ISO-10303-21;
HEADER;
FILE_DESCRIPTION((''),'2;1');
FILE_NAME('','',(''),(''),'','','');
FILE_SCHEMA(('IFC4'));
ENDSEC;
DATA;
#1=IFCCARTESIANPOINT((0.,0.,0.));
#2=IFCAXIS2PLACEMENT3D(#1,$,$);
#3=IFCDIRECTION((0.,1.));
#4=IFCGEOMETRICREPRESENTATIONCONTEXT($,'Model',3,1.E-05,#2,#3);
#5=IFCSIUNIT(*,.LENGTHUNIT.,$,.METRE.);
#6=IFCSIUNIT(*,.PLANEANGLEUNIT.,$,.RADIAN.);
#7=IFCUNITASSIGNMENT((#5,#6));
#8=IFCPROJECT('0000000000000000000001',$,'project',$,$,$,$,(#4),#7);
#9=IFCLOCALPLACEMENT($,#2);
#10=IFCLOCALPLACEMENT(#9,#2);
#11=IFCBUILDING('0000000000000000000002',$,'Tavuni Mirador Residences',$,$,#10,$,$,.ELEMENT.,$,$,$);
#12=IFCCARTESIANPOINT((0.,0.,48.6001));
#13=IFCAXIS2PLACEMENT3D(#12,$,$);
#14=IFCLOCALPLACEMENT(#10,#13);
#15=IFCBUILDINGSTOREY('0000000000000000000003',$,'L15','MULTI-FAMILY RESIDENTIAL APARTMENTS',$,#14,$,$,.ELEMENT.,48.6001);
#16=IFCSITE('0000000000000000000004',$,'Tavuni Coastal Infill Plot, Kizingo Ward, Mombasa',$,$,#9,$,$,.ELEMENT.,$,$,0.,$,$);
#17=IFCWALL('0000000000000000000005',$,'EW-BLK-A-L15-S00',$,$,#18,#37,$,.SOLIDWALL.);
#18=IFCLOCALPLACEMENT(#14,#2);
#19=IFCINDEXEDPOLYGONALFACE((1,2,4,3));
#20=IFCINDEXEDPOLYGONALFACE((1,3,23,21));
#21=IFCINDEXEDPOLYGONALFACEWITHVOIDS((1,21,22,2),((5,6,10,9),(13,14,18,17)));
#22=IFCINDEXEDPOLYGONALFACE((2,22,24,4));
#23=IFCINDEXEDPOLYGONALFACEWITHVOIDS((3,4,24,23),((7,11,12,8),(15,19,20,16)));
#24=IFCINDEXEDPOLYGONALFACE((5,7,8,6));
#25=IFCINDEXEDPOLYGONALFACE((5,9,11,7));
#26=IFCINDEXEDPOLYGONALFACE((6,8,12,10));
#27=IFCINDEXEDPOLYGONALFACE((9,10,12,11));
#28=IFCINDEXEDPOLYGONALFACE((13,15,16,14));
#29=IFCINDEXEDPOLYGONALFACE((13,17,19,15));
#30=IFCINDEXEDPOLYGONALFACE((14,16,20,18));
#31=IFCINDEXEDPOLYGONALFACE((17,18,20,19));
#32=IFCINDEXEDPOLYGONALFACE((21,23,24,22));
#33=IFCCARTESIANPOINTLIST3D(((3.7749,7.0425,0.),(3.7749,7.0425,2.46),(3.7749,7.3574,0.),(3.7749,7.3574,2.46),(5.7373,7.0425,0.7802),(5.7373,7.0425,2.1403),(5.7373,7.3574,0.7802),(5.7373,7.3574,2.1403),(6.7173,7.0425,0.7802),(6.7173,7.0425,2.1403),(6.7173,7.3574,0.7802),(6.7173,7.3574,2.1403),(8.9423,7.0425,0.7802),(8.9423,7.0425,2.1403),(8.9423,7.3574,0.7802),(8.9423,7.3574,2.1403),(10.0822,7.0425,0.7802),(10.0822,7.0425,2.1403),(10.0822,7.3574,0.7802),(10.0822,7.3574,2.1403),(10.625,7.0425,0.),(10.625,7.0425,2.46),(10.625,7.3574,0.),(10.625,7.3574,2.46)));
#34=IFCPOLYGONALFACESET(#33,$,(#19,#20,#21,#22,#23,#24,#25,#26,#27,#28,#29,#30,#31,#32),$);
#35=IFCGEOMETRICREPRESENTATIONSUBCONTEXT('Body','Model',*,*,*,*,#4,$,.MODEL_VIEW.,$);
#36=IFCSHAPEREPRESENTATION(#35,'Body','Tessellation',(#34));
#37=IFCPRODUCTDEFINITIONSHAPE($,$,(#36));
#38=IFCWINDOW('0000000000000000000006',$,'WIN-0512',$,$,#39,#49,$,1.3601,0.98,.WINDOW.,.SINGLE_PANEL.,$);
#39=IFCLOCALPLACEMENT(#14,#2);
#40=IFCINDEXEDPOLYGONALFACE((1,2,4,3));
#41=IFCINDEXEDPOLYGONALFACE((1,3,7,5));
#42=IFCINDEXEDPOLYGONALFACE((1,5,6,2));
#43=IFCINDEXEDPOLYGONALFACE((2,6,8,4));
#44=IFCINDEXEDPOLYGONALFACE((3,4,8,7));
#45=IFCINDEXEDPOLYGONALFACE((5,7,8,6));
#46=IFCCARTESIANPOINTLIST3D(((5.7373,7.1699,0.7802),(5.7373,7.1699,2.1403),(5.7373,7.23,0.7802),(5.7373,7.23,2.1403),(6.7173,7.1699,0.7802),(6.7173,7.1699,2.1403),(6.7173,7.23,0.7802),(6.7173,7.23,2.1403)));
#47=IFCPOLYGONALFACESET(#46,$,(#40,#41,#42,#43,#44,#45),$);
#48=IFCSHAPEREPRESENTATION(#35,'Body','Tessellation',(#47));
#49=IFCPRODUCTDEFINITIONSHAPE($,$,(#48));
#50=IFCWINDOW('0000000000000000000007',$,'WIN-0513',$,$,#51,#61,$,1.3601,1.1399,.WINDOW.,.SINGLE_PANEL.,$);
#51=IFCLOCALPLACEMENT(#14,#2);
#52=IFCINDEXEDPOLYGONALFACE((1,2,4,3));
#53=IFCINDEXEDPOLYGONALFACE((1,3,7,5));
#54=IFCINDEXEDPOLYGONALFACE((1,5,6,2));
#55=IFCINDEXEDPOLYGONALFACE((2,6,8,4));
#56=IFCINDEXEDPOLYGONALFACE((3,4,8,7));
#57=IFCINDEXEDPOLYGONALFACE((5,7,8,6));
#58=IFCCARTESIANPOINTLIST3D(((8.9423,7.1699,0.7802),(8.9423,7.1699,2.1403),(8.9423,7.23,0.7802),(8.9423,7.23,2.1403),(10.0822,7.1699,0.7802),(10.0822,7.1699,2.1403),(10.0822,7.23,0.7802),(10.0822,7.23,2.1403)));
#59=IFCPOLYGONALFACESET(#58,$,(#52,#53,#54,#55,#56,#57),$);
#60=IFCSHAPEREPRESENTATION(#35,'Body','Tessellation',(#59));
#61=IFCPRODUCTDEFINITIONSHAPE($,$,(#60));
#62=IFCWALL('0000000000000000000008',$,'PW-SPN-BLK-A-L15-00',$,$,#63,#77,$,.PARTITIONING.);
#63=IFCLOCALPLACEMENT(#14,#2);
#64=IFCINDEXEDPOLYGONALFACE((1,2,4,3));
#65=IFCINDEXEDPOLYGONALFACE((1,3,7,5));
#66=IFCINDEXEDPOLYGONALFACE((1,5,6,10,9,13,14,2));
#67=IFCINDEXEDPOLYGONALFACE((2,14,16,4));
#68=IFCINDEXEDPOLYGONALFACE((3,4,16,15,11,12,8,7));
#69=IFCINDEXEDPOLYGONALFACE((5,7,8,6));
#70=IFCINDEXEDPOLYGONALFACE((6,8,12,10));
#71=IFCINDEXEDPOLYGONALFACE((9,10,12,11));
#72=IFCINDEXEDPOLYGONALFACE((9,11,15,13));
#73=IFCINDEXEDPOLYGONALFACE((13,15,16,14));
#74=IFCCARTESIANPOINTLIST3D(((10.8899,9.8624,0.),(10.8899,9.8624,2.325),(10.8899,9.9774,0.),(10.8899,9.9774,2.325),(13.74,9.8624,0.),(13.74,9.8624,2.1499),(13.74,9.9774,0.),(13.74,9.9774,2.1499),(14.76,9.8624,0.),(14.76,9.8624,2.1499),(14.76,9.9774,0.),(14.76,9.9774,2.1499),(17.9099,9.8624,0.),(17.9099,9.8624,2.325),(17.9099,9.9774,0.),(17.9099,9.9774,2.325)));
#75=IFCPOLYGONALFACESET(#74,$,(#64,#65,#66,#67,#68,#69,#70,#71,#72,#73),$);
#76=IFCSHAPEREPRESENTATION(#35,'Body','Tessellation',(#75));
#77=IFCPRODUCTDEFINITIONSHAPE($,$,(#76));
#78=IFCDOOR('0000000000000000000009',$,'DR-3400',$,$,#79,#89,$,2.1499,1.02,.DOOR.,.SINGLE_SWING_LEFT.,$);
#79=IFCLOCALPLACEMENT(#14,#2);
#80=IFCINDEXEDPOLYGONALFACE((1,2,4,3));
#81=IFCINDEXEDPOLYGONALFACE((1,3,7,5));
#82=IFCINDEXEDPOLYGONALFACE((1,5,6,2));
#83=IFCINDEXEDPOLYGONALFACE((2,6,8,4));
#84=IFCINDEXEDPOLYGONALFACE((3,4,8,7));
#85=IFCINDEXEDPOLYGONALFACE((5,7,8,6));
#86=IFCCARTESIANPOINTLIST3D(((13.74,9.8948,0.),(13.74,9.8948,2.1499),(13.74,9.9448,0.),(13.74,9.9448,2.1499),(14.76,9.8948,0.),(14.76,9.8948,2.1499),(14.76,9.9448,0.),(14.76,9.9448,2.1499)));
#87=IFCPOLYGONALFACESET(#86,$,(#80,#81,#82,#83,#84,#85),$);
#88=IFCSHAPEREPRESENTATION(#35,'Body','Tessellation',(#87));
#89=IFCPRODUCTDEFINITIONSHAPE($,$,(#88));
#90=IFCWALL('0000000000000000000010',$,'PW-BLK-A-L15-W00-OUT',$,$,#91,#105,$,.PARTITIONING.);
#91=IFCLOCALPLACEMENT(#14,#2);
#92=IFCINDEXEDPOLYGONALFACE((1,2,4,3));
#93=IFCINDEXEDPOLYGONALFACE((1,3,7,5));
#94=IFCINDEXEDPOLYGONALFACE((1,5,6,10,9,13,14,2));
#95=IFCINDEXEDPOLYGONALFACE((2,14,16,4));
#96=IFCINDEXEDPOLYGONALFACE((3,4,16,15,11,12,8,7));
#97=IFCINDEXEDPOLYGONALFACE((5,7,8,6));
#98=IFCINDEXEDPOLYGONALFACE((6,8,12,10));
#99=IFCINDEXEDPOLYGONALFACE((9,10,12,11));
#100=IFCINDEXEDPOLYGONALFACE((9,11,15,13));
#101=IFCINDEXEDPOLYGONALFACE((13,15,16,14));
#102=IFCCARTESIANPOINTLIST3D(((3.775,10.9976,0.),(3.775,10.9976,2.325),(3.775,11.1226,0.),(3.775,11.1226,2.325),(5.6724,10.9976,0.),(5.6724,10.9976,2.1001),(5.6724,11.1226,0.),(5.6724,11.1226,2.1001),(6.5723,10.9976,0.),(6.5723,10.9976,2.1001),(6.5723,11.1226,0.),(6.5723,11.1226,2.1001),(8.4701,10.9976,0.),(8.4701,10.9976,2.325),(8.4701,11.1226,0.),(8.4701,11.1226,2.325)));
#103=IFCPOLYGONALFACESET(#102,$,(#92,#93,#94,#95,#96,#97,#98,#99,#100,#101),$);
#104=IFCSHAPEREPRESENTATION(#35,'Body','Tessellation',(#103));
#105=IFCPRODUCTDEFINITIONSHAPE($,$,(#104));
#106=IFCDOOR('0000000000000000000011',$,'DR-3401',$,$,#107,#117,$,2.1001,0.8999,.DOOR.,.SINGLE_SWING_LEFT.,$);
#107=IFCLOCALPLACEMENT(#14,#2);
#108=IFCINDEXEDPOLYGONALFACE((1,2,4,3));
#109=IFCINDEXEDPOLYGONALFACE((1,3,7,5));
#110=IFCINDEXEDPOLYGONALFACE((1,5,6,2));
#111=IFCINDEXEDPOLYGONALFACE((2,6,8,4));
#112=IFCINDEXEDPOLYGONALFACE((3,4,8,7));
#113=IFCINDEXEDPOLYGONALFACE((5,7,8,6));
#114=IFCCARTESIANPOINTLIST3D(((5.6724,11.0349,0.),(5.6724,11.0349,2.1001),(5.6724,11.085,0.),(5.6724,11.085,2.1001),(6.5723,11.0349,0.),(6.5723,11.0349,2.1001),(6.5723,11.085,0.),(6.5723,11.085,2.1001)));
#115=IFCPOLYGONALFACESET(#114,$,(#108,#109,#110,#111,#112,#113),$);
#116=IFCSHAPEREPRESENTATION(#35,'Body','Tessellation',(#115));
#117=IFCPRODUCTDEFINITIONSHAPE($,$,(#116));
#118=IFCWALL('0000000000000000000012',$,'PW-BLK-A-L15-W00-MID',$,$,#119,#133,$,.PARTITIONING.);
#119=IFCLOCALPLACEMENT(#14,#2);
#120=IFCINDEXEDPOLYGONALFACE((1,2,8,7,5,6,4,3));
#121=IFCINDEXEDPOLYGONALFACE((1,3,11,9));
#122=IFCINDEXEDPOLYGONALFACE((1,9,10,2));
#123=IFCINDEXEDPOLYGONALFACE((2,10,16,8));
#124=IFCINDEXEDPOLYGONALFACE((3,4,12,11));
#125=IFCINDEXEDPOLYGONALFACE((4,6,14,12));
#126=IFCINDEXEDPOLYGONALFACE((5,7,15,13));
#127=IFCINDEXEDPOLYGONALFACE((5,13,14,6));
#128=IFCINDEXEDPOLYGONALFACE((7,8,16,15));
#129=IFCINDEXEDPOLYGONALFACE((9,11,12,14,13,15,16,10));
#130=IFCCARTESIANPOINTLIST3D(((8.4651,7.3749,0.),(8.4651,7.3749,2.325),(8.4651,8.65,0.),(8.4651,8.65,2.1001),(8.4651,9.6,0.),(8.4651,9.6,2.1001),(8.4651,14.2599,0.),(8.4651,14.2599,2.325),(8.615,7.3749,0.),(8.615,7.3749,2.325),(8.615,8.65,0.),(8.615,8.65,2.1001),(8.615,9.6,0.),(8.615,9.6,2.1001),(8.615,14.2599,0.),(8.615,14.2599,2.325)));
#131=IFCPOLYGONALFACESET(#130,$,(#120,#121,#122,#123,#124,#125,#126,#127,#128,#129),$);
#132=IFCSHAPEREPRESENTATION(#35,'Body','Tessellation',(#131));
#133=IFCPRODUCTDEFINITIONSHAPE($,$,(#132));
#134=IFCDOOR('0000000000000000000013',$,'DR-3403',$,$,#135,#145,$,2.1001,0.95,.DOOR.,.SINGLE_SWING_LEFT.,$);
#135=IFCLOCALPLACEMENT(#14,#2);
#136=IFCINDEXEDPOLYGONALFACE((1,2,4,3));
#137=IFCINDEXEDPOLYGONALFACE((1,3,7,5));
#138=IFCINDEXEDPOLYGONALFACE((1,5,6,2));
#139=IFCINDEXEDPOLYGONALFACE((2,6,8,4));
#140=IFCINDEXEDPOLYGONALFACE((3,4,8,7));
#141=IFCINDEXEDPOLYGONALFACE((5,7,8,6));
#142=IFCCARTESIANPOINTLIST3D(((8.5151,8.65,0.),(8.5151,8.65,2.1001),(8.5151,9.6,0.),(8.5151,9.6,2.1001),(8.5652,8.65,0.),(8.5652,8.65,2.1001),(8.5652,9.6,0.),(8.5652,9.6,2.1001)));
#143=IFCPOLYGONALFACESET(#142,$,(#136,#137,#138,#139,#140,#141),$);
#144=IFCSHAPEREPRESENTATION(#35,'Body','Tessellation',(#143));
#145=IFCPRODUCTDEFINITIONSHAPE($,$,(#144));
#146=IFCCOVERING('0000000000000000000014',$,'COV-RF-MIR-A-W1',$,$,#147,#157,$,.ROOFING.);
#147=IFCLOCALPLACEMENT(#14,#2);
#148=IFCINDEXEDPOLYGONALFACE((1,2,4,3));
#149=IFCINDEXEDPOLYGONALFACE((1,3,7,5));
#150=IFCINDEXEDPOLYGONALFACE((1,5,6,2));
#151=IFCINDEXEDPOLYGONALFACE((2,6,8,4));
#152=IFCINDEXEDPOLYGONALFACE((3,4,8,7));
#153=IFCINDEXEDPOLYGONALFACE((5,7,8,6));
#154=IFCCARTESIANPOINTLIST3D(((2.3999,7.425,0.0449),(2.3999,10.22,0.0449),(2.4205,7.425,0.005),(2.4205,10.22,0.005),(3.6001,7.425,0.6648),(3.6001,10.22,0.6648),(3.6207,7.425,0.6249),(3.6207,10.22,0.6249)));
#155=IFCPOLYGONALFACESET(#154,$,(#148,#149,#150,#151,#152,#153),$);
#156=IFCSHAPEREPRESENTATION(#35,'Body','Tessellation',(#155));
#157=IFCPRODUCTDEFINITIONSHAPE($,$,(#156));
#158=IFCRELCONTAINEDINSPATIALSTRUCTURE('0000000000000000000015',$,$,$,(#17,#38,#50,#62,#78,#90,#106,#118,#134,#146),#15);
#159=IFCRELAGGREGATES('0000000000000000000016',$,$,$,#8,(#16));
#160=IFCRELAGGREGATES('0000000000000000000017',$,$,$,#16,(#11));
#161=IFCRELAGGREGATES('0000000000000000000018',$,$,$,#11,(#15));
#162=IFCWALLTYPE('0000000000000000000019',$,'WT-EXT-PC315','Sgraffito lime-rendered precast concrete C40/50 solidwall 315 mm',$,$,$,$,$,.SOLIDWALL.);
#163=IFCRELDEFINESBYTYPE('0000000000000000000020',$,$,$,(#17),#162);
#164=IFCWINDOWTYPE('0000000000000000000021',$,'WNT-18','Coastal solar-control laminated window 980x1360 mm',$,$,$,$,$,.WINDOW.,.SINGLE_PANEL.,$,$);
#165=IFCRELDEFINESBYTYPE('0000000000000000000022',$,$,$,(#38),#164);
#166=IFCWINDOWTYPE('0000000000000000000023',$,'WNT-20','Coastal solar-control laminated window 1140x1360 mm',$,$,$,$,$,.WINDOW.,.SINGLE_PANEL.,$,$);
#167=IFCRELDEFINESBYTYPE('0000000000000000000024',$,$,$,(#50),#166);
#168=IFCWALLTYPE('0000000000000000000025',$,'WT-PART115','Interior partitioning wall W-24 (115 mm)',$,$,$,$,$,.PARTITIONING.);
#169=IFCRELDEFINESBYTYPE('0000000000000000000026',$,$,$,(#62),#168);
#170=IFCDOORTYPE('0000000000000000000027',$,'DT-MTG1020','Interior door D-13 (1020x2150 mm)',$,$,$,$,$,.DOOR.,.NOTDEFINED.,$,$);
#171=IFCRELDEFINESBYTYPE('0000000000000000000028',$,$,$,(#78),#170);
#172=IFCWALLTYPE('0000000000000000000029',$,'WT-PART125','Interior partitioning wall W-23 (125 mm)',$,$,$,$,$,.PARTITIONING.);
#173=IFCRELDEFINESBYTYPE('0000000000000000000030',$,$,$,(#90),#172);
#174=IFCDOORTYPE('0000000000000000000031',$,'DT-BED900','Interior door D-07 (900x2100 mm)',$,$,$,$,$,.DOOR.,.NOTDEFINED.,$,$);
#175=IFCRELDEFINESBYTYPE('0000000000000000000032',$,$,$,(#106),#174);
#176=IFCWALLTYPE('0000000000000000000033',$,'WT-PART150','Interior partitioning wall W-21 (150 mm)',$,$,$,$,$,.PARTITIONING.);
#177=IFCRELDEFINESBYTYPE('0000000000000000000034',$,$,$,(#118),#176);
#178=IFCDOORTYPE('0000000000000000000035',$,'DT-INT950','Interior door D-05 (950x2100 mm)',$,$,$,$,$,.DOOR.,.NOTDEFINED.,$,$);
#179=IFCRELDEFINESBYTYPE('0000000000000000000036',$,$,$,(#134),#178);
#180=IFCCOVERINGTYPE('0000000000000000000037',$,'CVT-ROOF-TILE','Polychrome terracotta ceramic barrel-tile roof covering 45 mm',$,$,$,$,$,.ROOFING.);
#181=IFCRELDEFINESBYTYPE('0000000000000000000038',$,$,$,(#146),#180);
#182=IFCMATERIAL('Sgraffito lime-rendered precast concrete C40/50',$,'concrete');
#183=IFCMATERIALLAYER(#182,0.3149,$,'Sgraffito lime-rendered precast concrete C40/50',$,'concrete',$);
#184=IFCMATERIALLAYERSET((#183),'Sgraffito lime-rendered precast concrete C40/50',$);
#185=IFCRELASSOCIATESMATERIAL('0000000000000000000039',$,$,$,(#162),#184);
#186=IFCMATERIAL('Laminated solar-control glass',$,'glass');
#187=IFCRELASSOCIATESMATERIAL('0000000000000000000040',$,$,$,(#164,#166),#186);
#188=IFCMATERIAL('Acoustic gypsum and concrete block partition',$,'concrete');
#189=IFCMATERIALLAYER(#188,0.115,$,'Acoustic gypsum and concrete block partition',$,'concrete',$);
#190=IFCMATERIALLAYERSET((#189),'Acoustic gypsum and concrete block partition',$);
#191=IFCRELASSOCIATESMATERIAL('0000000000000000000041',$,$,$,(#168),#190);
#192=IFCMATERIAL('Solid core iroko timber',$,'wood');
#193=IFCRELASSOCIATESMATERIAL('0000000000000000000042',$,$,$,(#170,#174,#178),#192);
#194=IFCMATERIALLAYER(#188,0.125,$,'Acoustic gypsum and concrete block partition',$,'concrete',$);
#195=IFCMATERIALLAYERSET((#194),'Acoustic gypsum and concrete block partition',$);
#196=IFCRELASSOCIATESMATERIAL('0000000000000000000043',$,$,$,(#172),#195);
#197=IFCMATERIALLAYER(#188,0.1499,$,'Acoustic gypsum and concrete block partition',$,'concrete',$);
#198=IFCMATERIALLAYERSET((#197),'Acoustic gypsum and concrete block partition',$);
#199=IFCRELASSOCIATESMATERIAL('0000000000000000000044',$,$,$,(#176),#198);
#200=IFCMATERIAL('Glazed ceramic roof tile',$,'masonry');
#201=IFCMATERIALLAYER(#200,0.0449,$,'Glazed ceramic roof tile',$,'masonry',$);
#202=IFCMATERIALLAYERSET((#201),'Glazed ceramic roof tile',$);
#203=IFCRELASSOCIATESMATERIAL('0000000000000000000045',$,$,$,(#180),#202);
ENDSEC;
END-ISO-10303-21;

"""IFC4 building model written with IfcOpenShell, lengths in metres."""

from ifc_helpers import new_model, si_unit, direction, frame, frame_2d, origin, place, context, subcontext, project, spatial, polyline, rectangle, outline, extrude, material, layer, layer_set, type_object, element, fill, save


model = new_model("IFC4")

# Units and contexts
model_context = context("Model", 3, precision=1e-05, world=origin(), true_north=direction((0.0, 1.0)))
body_context = subcontext(model_context, "Body", "Model", "MODEL_VIEW")
ifc_project = project(units=[si_unit("LENGTHUNIT", "METRE"), si_unit("PLANEANGLEUNIT", "RADIAN")], contexts=[model_context])

# Site, building, storey
site_placement = place(None, origin())
site = spatial("IfcSite", under=ifc_project, at=site_placement, Name="Tavuni Coastal Infill Plot, Kizingo Ward, Mombasa", CompositionType="ELEMENT", RefElevation=0.0)
building_placement = place(site_placement, origin())
building = spatial("IfcBuilding", under=site, at=building_placement, Name="Tavuni Mirador Residences", CompositionType="ELEMENT")
storey_placement = place(building_placement, frame((0.0, 0.0, 48.6001)))
storey = spatial("IfcBuildingStorey", under=building, at=storey_placement, Name="L15", Description="MULTI-FAMILY RESIDENTIAL APARTMENTS", CompositionType="ELEMENT", Elevation=48.6001)

# Shared definitions
ifc_material_1 = material(Name="Solid core iroko timber", Category="wood")

# Wall, openings, windows
ifc_material_2 = material(Name="Sgraffito lime-rendered precast concrete C40/50", Category="concrete")
ifc_layer_1 = layer(ifc_material_2, 0.3149, Name="Sgraffito lime-rendered precast concrete C40/50", Category="concrete")
ifc_layer_set_1 = layer_set([ifc_layer_1], Name="Sgraffito lime-rendered precast concrete C40/50")
wall_type_1 = type_object("IfcWallType", Name="WT-EXT-PC315", Description="Sgraffito lime-rendered precast concrete C40/50 solidwall 315 mm", PredefinedType="SOLIDWALL", material=ifc_layer_set_1)
wall_1_placement = place(storey_placement, frame((3.7749, 7.2, 0.0), z_axis=(0.0, 0.0, 1.0), x_axis=(1.0, 0.0, 0.0)))
wall_1 = element("IfcWall", 1, at=wall_1_placement, inside=storey, type_object=wall_type_1, Name="EW-BLK-A-L15-S00", PredefinedType="SOLIDWALL", context=body_context, shape_type="SweptSolid", body=[
    extrude(rectangle(XDim=6.8501, YDim=0.3149, at=frame_2d((3.425, 0.0))), origin(), (0.0, 0.0, 1.0), 2.46),
])
opening_1_placement = place(wall_1_placement, frame((1.9624, 0.0, 0.78)))
opening_1 = element("IfcOpeningElement", 2, at=opening_1_placement, cuts=wall_1, PredefinedType="OPENING", context=body_context, shape_type="SweptSolid", body=[
    extrude(rectangle(XDim=0.98, YDim=1.3601, at=frame_2d((0.49, 0.6802))), frame((0.0, 0.1675, 0.0), z_axis=(0.0, -1.0, 0.0), x_axis=(1.0, 0.0, 0.0)), (0.0, 0.0, 1.0), 0.335),
])
opening_2_placement = place(wall_1_placement, frame((5.1675, 0.0, 0.78)))
opening_2 = element("IfcOpeningElement", 3, at=opening_2_placement, cuts=wall_1, PredefinedType="OPENING", context=body_context, shape_type="SweptSolid", body=[
    extrude(rectangle(XDim=1.1399, YDim=1.3601, at=frame_2d((0.5698, 0.6802))), frame((0.0, 0.1675, 0.0), z_axis=(0.0, -1.0, 0.0), x_axis=(1.0, 0.0, 0.0)), (0.0, 0.0, 1.0), 0.335),
])
ifc_material_3 = material(Name="Laminated solar-control glass", Category="glass")
window_type_1 = type_object("IfcWindowType", Name="WNT-18", Description="Coastal solar-control laminated window 980x1360 mm", PartitioningType="SINGLE_PANEL", PredefinedType="WINDOW", material=ifc_material_3)
window_1_placement = place(opening_1_placement, origin())
window_1 = element("IfcWindow", 4, at=window_1_placement, inside=storey, type_object=window_type_1, Name="WIN-0512", OverallHeight=1.3601, OverallWidth=0.98, PartitioningType="SINGLE_PANEL", PredefinedType="WINDOW", context=body_context, shape_type="SweptSolid", body=[
    extrude(rectangle(XDim=0.98, YDim=1.3601, at=frame_2d((0.49, 0.6802))), frame((0.0, 0.03, 0.0), z_axis=(0.0, -1.0, 0.0), x_axis=(1.0, 0.0, 0.0)), (0.0, 0.0, 1.0), 0.0601),
])
fill(opening_1, window_1)
window_type_2 = type_object("IfcWindowType", Name="WNT-20", Description="Coastal solar-control laminated window 1140x1360 mm", PartitioningType="SINGLE_PANEL", PredefinedType="WINDOW", material=ifc_material_3)
window_2_placement = place(opening_2_placement, origin())
window_2 = element("IfcWindow", 5, at=window_2_placement, inside=storey, type_object=window_type_2, Name="WIN-0513", OverallHeight=1.3601, OverallWidth=1.1399, PartitioningType="SINGLE_PANEL", PredefinedType="WINDOW", context=body_context, shape_type="SweptSolid", body=[
    extrude(rectangle(XDim=1.1399, YDim=1.3601, at=frame_2d((0.5698, 0.6802))), frame((0.0, 0.03, 0.0), z_axis=(0.0, -1.0, 0.0), x_axis=(1.0, 0.0, 0.0)), (0.0, 0.0, 1.0), 0.0601),
])
fill(opening_2, window_2)

# Walls, openings, doors
ifc_material_4 = material(Name="Acoustic gypsum and concrete block partition", Category="concrete")
ifc_layer_2 = layer(ifc_material_4, 0.115, Name="Acoustic gypsum and concrete block partition", Category="concrete")
ifc_layer_set_2 = layer_set([ifc_layer_2], Name="Acoustic gypsum and concrete block partition")
wall_type_2 = type_object("IfcWallType", Name="WT-PART115", Description="Interior partitioning wall W-24 (115 mm)", PredefinedType="PARTITIONING", material=ifc_layer_set_2)
wall_2_placement = place(storey_placement, frame((10.8899, 9.9199, 0.0), z_axis=(0.0, 0.0, 1.0), x_axis=(1.0, 0.0, 0.0)))
wall_2 = element("IfcWall", 6, at=wall_2_placement, inside=storey, type_object=wall_type_2, Name="PW-SPN-BLK-A-L15-00", PredefinedType="PARTITIONING", context=body_context, shape_type="SweptSolid", body=[
    extrude(rectangle(XDim=7.02, YDim=0.115, at=frame_2d((3.51, 0.0))), origin(), (0.0, 0.0, 1.0), 2.325),
])
opening_3_placement = place(wall_2_placement, frame((2.8501, 0.0, 0.0)))
opening_3 = element("IfcOpeningElement", 7, at=opening_3_placement, cuts=wall_2, PredefinedType="OPENING", context=body_context, shape_type="SweptSolid", body=[
    extrude(rectangle(XDim=1.02, YDim=2.1499, at=frame_2d((0.51, 1.075))), frame((0.0, 0.0674, 0.0), z_axis=(0.0, -1.0, 0.0), x_axis=(1.0, 0.0, 0.0)), (0.0, 0.0, 1.0), 0.135),
])
door_type_1 = type_object("IfcDoorType", Name="DT-MTG1020", Description="Interior door D-13 (1020x2150 mm)", OperationType="NOTDEFINED", PredefinedType="DOOR", material=ifc_material_1)
door_1_placement = place(opening_3_placement, origin())
door_1 = element("IfcDoor", 8, at=door_1_placement, inside=storey, type_object=door_type_1, Name="DR-3400", OperationType="SINGLE_SWING_LEFT", OverallHeight=2.1499, OverallWidth=1.02, PredefinedType="DOOR", context=body_context, shape_type="SweptSolid", body=[
    extrude(rectangle(XDim=1.02, YDim=2.1499, at=frame_2d((0.51, 1.075))), frame((0.0, 0.0249, 0.0), z_axis=(0.0, -1.0, 0.0), x_axis=(1.0, 0.0, 0.0)), (0.0, 0.0, 1.0), 0.05),
])
fill(opening_3, door_1)
ifc_layer_3 = layer(ifc_material_4, 0.125, Name="Acoustic gypsum and concrete block partition", Category="concrete")
ifc_layer_set_3 = layer_set([ifc_layer_3], Name="Acoustic gypsum and concrete block partition")
wall_type_3 = type_object("IfcWallType", Name="WT-PART125", Description="Interior partitioning wall W-23 (125 mm)", PredefinedType="PARTITIONING", material=ifc_layer_set_3)
wall_3_placement = place(storey_placement, frame((3.7749, 11.0601, 0.0), z_axis=(0.0, 0.0, 1.0), x_axis=(1.0, 0.0, 0.0)))
wall_3 = element("IfcWall", 9, at=wall_3_placement, inside=storey, type_object=wall_type_3, Name="PW-BLK-A-L15-W00-OUT", PredefinedType="PARTITIONING", context=body_context, shape_type="SweptSolid", body=[
    extrude(rectangle(XDim=4.6951, YDim=0.125, at=frame_2d((2.3477, 0.0))), origin(), (0.0, 0.0, 1.0), 2.325),
])
opening_4_placement = place(wall_3_placement, frame((1.8975, 0.0, 0.0)))
opening_4 = element("IfcOpeningElement", 10, at=opening_4_placement, cuts=wall_3, PredefinedType="OPENING", context=body_context, shape_type="SweptSolid", body=[
    extrude(rectangle(XDim=0.8999, YDim=2.1001, at=frame_2d((0.45, 1.05))), frame((0.0, 0.0725, 0.0), z_axis=(0.0, -1.0, 0.0), x_axis=(1.0, 0.0, 0.0)), (0.0, 0.0, 1.0), 0.145),
])
door_type_2 = type_object("IfcDoorType", Name="DT-BED900", Description="Interior door D-07 (900x2100 mm)", OperationType="NOTDEFINED", PredefinedType="DOOR", material=ifc_material_1)
door_2_placement = place(opening_4_placement, origin())
door_2 = element("IfcDoor", 11, at=door_2_placement, inside=storey, type_object=door_type_2, Name="DR-3401", OperationType="SINGLE_SWING_LEFT", OverallHeight=2.1001, OverallWidth=0.8999, PredefinedType="DOOR", context=body_context, shape_type="SweptSolid", body=[
    extrude(rectangle(XDim=0.8999, YDim=2.1001, at=frame_2d((0.45, 1.05))), frame((0.0, 0.0249, 0.0), z_axis=(0.0, -1.0, 0.0), x_axis=(1.0, 0.0, 0.0)), (0.0, 0.0, 1.0), 0.05),
])
fill(opening_4, door_2)
ifc_layer_4 = layer(ifc_material_4, 0.1499, Name="Acoustic gypsum and concrete block partition", Category="concrete")
ifc_layer_set_4 = layer_set([ifc_layer_4], Name="Acoustic gypsum and concrete block partition")
wall_type_4 = type_object("IfcWallType", Name="WT-PART150", Description="Interior partitioning wall W-21 (150 mm)", PredefinedType="PARTITIONING", material=ifc_layer_set_4)
wall_4_placement = place(storey_placement, frame((8.54, 7.375, 0.0), z_axis=(0.0, 0.0, 1.0), x_axis=(0.0, 1.0, 0.0)))
wall_4 = element("IfcWall", 12, at=wall_4_placement, inside=storey, type_object=wall_type_4, Name="PW-BLK-A-L15-W00-MID", PredefinedType="PARTITIONING", context=body_context, shape_type="SweptSolid", body=[
    extrude(rectangle(XDim=6.885, YDim=0.1499, at=frame_2d((3.4424, 0.0))), origin(), (0.0, 0.0, 1.0), 2.325),
])
opening_5_placement = place(wall_4_placement, frame((1.2749, 0.0, 0.0)))
opening_5 = element("IfcOpeningElement", 13, at=opening_5_placement, cuts=wall_4, PredefinedType="OPENING", context=body_context, shape_type="SweptSolid", body=[
    extrude(rectangle(XDim=0.95, YDim=2.1001, at=frame_2d((0.4751, 1.05))), frame((0.0, 0.085, 0.0), z_axis=(0.0, -1.0, 0.0), x_axis=(1.0, 0.0, 0.0)), (0.0, 0.0, 1.0), 0.1699),
])
door_type_3 = type_object("IfcDoorType", Name="DT-INT950", Description="Interior door D-05 (950x2100 mm)", OperationType="NOTDEFINED", PredefinedType="DOOR", material=ifc_material_1)
door_3_placement = place(opening_5_placement, origin())
door_3 = element("IfcDoor", 14, at=door_3_placement, inside=storey, type_object=door_type_3, Name="DR-3403", OperationType="SINGLE_SWING_LEFT", OverallHeight=2.1001, OverallWidth=0.95, PredefinedType="DOOR", context=body_context, shape_type="SweptSolid", body=[
    extrude(rectangle(XDim=0.95, YDim=2.1001, at=frame_2d((0.4751, 1.05))), frame((0.0, 0.0249, 0.0), z_axis=(0.0, -1.0, 0.0), x_axis=(1.0, 0.0, 0.0)), (0.0, 0.0, 1.0), 0.05),
])
fill(opening_5, door_3)

# Covering
ifc_material_5 = material(Name="Glazed ceramic roof tile", Category="masonry")
ifc_layer_5 = layer(ifc_material_5, 0.0449, Name="Glazed ceramic roof tile", Category="masonry")
ifc_layer_set_5 = layer_set([ifc_layer_5], Name="Glazed ceramic roof tile")
covering_type = type_object("IfcCoveringType", Name="CVT-ROOF-TILE", Description="Polychrome terracotta ceramic barrel-tile roof covering 45 mm", PredefinedType="ROOFING", material=ifc_layer_set_5)
covering_placement = place(storey_placement, frame((3.6001, 7.425, 0.6648), z_axis=(-0.458887, 0.0, 0.888495), x_axis=(0.0, 1.0, 0.0)))
element("IfcCovering", 15, at=covering_placement, inside=storey, type_object=covering_type, Name="COV-RF-MIR-A-W1", PredefinedType="ROOFING", context=body_context, shape_type="SweptSolid", body=[
    extrude(outline(polyline([(0.0, 0.0), (2.7949, 0.0), (2.7949, 1.3508), (0.0, 1.3508), (0.0, 0.0)])), origin(), (0.0, 0.0, -1.0), 0.0449),
])

save(model, "model.ifc")
